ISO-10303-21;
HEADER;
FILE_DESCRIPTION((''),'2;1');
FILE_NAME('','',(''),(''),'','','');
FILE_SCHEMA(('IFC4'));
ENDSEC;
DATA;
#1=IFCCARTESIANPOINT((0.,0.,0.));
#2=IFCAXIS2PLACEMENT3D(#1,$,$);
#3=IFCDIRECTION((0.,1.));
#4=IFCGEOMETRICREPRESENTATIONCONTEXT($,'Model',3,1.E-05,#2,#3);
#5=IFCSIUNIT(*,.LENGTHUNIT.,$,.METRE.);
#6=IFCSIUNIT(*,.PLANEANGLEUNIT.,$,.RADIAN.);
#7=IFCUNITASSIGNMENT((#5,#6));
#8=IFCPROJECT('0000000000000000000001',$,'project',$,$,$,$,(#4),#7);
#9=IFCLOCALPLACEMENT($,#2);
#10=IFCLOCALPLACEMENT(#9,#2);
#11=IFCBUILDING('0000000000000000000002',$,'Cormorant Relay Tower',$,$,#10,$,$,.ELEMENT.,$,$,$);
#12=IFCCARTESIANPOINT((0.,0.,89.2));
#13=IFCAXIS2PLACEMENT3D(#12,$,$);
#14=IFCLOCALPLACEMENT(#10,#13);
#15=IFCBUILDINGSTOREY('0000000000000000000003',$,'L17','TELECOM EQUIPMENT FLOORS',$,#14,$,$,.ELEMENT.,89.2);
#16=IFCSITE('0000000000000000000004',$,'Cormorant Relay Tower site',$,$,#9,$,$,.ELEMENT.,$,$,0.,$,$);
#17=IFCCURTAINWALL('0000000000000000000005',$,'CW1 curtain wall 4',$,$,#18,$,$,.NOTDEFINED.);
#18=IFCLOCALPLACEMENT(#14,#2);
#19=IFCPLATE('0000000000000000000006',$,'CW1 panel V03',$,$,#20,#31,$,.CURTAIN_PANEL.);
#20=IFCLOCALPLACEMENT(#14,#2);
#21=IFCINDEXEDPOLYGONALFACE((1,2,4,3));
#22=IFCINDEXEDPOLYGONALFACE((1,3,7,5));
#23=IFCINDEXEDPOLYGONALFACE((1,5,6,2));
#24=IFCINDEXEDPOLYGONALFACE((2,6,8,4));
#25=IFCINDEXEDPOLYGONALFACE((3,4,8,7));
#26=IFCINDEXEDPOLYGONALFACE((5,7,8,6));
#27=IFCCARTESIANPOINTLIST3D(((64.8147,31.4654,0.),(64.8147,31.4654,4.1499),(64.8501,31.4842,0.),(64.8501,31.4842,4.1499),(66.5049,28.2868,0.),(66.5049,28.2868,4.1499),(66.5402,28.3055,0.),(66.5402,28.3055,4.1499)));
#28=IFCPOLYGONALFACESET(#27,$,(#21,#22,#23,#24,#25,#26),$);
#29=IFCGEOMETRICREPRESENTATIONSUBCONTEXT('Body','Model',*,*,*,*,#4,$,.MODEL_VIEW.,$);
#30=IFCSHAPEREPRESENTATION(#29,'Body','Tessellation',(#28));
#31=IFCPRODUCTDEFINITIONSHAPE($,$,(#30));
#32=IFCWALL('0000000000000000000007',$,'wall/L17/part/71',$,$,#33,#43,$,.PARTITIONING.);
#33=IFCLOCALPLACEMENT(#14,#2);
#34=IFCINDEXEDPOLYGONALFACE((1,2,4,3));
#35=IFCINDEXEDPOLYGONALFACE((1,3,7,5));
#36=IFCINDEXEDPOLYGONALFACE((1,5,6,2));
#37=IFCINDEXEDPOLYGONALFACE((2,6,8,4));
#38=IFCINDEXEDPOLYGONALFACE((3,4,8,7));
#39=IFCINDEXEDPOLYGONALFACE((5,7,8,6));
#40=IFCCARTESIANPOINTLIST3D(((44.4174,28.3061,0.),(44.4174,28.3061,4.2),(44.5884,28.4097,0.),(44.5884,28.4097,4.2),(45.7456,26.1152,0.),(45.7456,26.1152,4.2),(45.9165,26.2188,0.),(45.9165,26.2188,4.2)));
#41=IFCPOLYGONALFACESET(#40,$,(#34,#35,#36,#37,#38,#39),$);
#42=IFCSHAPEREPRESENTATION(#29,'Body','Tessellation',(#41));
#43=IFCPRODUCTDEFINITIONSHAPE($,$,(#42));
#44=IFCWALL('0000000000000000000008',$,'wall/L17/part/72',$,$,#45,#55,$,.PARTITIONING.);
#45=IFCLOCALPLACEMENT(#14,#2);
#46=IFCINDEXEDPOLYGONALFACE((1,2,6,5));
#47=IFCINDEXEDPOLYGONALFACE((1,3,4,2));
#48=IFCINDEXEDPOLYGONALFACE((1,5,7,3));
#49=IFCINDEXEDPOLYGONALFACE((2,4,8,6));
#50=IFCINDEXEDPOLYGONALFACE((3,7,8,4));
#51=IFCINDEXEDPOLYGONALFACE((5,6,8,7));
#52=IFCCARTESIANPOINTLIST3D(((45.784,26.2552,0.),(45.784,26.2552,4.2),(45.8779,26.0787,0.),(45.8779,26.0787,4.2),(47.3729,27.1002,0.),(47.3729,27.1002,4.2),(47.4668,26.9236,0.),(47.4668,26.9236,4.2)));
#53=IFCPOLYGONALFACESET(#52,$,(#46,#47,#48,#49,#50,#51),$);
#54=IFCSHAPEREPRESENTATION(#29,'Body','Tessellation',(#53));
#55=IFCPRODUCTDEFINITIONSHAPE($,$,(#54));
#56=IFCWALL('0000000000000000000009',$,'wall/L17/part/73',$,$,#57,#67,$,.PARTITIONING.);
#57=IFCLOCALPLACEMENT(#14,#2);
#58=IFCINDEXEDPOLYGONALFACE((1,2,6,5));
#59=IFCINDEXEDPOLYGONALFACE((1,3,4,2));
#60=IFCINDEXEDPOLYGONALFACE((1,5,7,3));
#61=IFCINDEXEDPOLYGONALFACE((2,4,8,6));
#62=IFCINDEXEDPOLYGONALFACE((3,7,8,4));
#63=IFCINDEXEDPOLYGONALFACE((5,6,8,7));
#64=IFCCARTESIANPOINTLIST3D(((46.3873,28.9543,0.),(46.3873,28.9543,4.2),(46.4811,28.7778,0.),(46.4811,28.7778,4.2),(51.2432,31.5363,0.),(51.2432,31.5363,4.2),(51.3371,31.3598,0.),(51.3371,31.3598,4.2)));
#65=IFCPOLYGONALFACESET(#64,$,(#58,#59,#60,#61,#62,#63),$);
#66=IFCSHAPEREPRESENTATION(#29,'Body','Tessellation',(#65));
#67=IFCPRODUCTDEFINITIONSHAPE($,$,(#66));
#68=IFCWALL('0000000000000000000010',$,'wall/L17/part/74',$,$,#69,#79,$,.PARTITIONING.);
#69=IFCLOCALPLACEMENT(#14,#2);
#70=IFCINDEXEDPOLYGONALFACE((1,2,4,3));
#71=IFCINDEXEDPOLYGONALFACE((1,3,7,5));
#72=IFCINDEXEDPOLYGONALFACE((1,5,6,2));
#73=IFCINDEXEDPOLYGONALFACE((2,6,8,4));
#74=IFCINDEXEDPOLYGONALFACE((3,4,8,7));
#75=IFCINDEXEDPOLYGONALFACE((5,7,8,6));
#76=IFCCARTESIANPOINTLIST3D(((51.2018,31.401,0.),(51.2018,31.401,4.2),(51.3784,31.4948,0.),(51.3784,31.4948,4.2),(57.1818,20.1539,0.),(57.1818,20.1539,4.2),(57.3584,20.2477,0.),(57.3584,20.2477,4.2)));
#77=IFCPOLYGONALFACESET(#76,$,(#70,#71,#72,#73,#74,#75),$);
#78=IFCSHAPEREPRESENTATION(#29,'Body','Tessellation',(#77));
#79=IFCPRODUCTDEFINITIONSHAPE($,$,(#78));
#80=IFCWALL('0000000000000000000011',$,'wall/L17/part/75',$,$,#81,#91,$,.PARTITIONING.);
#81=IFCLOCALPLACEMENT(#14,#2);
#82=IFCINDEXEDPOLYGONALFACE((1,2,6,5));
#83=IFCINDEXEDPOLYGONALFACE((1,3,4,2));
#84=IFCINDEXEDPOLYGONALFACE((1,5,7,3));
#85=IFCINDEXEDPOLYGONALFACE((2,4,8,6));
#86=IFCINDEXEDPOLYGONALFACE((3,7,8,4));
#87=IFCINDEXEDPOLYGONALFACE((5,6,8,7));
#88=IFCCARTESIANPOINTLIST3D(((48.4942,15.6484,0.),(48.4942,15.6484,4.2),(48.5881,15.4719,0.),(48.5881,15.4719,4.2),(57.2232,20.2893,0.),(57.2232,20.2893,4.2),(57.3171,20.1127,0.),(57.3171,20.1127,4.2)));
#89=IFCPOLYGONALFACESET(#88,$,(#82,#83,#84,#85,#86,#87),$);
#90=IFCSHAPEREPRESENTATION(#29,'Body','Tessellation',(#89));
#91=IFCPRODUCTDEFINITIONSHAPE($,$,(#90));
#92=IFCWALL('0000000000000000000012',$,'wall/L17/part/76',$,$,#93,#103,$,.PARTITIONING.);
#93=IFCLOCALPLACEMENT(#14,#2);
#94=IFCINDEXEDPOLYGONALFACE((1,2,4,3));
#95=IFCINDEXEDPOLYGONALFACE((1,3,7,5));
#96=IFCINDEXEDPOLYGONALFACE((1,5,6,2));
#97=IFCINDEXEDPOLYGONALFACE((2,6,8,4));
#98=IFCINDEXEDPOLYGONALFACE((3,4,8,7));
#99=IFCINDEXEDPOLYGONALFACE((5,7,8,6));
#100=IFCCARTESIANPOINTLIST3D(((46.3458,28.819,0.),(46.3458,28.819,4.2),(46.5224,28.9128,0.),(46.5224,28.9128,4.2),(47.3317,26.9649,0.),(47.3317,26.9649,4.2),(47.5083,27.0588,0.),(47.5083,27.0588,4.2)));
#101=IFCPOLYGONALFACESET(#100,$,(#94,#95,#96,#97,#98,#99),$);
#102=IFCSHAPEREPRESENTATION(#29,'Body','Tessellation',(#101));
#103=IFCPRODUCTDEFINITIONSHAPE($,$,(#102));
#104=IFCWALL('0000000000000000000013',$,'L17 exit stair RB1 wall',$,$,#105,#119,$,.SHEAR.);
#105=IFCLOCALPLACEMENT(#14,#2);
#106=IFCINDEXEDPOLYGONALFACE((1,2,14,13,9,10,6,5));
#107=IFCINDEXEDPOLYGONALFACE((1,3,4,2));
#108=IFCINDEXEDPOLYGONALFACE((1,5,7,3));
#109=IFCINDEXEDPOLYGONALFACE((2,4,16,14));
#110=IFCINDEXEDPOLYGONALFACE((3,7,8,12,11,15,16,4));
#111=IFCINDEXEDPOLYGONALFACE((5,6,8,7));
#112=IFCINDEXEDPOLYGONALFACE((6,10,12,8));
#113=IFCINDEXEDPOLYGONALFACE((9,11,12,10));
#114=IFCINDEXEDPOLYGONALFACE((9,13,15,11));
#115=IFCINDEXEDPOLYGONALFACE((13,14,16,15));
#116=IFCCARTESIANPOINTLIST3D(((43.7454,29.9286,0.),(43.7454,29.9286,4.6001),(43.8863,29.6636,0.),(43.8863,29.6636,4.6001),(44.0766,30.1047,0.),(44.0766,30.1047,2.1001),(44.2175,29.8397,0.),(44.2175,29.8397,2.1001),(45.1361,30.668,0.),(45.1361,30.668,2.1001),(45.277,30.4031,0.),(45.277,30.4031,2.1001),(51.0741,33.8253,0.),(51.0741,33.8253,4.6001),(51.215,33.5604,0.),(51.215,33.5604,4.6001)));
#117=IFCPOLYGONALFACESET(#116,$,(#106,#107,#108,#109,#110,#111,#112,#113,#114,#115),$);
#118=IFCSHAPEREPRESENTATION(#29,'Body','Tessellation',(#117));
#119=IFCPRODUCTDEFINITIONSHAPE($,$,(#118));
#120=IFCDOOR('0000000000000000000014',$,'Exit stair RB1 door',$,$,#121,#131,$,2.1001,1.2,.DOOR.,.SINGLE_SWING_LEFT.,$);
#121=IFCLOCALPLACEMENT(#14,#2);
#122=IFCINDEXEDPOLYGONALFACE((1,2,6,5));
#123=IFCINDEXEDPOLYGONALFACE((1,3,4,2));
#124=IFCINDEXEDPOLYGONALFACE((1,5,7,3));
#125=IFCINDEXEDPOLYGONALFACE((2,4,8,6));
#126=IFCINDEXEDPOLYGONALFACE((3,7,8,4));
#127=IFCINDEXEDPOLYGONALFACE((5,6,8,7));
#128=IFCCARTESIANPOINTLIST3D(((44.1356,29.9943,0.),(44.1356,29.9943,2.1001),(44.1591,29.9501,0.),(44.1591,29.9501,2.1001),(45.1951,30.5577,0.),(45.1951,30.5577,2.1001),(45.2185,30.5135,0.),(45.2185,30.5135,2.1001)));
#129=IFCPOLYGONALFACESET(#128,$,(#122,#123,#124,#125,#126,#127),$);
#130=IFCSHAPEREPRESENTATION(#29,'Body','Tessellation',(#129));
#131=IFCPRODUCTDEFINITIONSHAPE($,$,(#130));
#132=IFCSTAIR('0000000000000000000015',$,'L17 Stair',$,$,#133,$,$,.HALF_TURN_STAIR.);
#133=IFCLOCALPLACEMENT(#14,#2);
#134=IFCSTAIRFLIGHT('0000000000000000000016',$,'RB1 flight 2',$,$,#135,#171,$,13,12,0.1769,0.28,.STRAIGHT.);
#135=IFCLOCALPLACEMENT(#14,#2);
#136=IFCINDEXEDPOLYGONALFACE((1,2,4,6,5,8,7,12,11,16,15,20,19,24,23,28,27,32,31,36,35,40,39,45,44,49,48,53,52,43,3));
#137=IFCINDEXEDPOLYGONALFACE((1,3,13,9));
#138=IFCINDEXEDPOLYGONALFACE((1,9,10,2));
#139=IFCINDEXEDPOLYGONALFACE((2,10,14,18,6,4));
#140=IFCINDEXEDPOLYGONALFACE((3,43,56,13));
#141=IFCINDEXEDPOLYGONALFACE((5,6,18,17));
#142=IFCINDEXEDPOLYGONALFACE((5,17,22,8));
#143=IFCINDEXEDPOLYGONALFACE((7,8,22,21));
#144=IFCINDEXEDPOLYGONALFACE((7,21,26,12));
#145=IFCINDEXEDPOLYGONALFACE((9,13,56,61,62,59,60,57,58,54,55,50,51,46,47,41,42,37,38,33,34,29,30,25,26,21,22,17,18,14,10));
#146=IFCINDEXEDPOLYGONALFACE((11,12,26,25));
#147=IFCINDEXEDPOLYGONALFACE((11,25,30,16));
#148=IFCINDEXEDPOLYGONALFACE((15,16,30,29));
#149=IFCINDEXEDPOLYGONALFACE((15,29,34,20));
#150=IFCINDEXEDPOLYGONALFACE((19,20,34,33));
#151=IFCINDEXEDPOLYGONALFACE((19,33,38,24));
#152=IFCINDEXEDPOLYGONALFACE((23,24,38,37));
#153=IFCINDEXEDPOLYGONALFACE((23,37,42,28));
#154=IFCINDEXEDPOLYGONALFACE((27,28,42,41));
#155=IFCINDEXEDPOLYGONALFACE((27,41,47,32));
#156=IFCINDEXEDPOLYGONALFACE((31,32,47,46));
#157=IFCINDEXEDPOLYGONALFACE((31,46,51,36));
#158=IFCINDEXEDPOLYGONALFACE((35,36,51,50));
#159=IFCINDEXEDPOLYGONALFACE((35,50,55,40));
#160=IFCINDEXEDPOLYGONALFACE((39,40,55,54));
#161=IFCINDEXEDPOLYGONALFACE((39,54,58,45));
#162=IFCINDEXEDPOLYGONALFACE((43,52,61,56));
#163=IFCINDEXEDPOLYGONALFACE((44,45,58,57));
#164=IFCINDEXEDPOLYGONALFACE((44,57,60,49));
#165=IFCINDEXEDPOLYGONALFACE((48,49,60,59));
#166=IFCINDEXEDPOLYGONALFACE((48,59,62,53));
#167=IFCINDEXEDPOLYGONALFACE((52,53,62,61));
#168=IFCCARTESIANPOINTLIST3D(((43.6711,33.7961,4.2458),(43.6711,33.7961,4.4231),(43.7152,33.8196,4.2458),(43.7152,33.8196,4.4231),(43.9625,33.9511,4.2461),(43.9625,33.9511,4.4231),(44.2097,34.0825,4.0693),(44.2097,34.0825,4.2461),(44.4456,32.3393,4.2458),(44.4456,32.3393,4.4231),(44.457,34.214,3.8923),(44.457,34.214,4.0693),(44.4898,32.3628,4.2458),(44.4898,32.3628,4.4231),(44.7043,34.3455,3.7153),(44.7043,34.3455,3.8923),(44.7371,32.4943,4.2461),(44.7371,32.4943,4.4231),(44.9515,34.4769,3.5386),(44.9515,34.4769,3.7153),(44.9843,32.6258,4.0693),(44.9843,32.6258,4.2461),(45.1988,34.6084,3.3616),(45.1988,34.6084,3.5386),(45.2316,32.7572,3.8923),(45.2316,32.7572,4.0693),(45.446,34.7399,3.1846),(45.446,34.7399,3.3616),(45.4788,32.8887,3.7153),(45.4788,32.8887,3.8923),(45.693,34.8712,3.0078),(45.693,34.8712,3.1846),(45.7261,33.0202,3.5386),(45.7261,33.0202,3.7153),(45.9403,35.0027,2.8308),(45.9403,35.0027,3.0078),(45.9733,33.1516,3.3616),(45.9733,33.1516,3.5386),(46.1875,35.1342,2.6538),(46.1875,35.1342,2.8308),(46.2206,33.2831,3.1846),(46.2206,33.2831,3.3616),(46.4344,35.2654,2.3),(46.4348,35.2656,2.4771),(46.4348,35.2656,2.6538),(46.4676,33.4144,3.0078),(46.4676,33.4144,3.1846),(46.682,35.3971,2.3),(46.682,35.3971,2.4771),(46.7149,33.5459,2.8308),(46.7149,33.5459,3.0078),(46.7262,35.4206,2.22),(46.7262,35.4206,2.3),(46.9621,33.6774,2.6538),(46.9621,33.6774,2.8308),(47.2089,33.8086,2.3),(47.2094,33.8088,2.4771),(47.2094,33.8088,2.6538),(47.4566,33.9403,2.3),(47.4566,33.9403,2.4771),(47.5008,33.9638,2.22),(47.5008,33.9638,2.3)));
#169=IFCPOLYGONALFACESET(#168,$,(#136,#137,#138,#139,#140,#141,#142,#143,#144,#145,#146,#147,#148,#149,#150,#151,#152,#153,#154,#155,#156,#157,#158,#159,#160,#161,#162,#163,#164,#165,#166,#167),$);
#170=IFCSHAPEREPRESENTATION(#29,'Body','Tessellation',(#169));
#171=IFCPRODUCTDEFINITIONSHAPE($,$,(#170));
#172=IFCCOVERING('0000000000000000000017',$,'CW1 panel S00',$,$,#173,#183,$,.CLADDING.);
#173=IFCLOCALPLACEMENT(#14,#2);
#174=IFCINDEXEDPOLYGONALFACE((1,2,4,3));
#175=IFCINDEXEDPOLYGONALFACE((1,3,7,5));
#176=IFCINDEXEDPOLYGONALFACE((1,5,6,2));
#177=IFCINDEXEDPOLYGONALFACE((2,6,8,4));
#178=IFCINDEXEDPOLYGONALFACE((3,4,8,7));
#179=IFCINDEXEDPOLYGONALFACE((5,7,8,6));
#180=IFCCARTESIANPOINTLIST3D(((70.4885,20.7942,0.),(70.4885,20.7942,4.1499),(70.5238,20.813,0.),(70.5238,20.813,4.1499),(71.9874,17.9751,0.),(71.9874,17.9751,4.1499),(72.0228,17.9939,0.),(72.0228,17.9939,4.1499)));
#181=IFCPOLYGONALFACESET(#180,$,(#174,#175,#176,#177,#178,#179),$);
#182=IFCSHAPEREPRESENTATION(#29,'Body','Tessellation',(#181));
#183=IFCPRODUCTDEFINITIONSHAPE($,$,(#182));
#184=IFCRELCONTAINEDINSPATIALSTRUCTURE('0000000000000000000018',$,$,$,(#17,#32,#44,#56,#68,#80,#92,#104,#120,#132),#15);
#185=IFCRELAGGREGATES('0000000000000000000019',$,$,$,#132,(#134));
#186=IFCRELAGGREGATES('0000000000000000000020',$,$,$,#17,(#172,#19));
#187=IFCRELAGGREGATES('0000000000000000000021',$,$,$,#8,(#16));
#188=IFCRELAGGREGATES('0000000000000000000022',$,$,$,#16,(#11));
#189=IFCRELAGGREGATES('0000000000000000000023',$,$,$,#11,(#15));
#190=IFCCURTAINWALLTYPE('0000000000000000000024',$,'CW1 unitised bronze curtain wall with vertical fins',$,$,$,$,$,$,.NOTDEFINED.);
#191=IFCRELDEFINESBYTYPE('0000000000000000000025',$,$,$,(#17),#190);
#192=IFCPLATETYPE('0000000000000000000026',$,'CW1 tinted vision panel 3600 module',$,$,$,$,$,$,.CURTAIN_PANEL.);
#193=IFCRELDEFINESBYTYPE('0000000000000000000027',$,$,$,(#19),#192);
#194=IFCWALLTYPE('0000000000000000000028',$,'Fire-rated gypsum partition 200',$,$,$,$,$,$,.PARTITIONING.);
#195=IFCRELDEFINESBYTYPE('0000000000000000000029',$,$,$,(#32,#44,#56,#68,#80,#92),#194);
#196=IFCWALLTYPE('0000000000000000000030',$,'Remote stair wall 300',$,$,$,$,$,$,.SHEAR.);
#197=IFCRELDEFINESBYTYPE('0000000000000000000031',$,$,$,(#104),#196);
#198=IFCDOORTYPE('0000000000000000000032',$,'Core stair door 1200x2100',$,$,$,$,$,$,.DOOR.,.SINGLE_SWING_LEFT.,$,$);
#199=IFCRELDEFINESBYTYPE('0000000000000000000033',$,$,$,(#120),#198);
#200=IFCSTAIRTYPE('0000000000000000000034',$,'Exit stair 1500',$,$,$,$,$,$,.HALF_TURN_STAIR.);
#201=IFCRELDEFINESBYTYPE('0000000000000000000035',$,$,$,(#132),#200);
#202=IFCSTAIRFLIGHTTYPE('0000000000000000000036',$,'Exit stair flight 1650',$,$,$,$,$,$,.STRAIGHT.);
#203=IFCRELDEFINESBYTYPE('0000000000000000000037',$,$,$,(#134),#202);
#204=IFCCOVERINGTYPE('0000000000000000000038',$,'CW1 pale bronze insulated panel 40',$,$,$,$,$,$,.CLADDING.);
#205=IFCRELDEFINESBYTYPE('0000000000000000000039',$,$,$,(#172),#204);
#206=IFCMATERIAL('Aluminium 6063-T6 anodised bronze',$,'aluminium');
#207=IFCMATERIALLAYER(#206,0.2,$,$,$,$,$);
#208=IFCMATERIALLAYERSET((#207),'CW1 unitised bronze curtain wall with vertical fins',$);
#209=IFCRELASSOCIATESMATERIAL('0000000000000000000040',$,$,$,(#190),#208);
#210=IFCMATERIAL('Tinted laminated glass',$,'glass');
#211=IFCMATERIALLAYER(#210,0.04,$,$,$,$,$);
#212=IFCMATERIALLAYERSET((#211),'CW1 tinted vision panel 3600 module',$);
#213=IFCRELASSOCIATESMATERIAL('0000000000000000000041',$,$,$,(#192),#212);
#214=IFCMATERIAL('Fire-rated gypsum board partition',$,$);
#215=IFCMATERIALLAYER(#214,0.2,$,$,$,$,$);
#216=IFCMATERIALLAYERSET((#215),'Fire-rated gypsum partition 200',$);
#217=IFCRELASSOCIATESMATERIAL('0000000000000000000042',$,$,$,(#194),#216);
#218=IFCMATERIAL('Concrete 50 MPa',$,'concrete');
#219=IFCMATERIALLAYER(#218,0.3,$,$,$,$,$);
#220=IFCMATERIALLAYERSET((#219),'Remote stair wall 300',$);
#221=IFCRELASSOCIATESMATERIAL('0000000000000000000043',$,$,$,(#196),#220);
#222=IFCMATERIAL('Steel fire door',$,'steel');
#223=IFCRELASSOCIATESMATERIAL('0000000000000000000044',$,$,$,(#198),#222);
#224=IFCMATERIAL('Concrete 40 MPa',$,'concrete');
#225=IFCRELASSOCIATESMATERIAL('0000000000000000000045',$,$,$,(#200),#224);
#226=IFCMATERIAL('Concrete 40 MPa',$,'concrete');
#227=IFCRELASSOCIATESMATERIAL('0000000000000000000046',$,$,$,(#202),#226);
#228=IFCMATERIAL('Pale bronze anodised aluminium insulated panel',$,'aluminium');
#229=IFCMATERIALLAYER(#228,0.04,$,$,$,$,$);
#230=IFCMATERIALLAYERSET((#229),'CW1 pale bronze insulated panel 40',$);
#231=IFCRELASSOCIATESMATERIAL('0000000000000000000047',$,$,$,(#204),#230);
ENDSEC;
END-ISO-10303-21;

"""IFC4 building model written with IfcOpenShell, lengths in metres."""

from ifc_helpers import new_model, si_unit, direction, frame, frame_2d, origin, origin_2d, place, context, subcontext, project, spatial, polyline, rectangle, outline, extrude, material, layer, layer_set, type_object, element, fill, aggregate, save


model = new_model("IFC4")

# Units and contexts
model_context = context("Model", 3, precision=1e-05, world=origin(), true_north=direction((0.0, 1.0)))
body_context = subcontext(model_context, "Body", "Model", "MODEL_VIEW")
ifc_project = project(units=[si_unit("LENGTHUNIT", "METRE"), si_unit("PLANEANGLEUNIT", "RADIAN")], contexts=[model_context])

# Site, building, storey
site_placement = place(None, origin())
site = spatial("IfcSite", under=ifc_project, at=site_placement, Name="Cormorant Relay Tower site", CompositionType="ELEMENT", RefElevation=0.0)
building_placement = place(site_placement, origin())
building = spatial("IfcBuilding", under=site, at=building_placement, Name="Cormorant Relay Tower", CompositionType="ELEMENT")
storey_placement = place(building_placement, frame((0.0, 0.0, 89.2)))
storey = spatial("IfcBuildingStorey", under=building, at=storey_placement, Name="L17", Description="TELECOM EQUIPMENT FLOORS", CompositionType="ELEMENT", Elevation=89.2)

# Curtain wall
ifc_material_1 = material(Name="Aluminium 6063-T6 anodised bronze", Category="aluminium")
ifc_layer_1 = layer(ifc_material_1, 0.2)
ifc_layer_set_1 = layer_set([ifc_layer_1], Name="CW1 unitised bronze curtain wall with vertical fins")
curtain_wall_type = type_object("IfcCurtainWallType", Name="CW1 unitised bronze curtain wall with vertical fins", PredefinedType="NOTDEFINED", material=ifc_layer_set_1)
curtain_wall_placement = place(storey_placement, origin())
curtain_wall = element("IfcCurtainWall", 1, at=curtain_wall_placement, inside=storey, type_object=curtain_wall_type, Name="CW1 curtain wall 4", PredefinedType="NOTDEFINED")

# Plate
ifc_material_2 = material(Name="Tinted laminated glass", Category="glass")
ifc_layer_2 = layer(ifc_material_2, 0.04)
ifc_layer_set_2 = layer_set([ifc_layer_2], Name="CW1 tinted vision panel 3600 module")
plate_type_1 = type_object("IfcPlateType", Name="CW1 tinted vision panel 3600 module", PredefinedType="CURTAIN_PANEL", material=ifc_layer_set_2)
plate_1_placement = place(storey_placement, frame((65.6775, 29.8855, 0.0), z_axis=(0.0, 0.0, 1.0), x_axis=(-0.469472, 0.882948, 0.0)))
plate_1 = element("IfcPlate", 2, at=plate_1_placement, type_object=plate_type_1, Name="CW1 panel V03", PredefinedType="CURTAIN_PANEL", context=body_context, shape_type="SweptSolid", body=[
    extrude(rectangle(XDim=3.6001, YDim=0.04, at=origin_2d()), origin(), (0.0, 0.0, 1.0), 4.1499),
])

# Walls
ifc_material_3 = material(Name="Fire-rated gypsum board partition")
ifc_layer_3 = layer(ifc_material_3, 0.2)
ifc_layer_set_3 = layer_set([ifc_layer_3], Name="Fire-rated gypsum partition 200")
wall_type_1 = type_object("IfcWallType", Name="Fire-rated gypsum partition 200", PredefinedType="PARTITIONING", material=ifc_layer_set_3)
wall_1_placement = place(storey_placement, frame((45.8311, 26.167, 0.0), z_axis=(0.0, 0.0, 1.0), x_axis=(-0.518386, 0.855147, 0.0)))
element("IfcWall", 3, at=wall_1_placement, inside=storey, type_object=wall_type_1, Name="wall/L17/part/71", PredefinedType="PARTITIONING", context=body_context, shape_type="SweptSolid", body=[
    extrude(rectangle(XDim=2.562, YDim=0.2, at=frame_2d((1.281, 0.0))), origin(), (0.0, 0.0, 1.0), 4.2),
])
wall_2_placement = place(storey_placement, frame((47.4199, 27.012, 0.0), z_axis=(0.0, 0.0, 1.0), x_axis=(-0.882912, -0.469539, 0.0)))
element("IfcWall", 4, at=wall_2_placement, inside=storey, type_object=wall_type_1, Name="wall/L17/part/72", PredefinedType="PARTITIONING", context=body_context, shape_type="SweptSolid", body=[
    extrude(rectangle(XDim=1.7996, YDim=0.2, at=frame_2d((0.8999, 0.0))), origin(), (0.0, 0.0, 1.0), 4.2),
])
wall_3_placement = place(storey_placement, frame((46.4341, 28.866, 0.0), z_axis=(0.0, 0.0, 1.0), x_axis=(0.882942, 0.469482, 0.0)))
element("IfcWall", 5, at=wall_3_placement, inside=storey, type_object=wall_type_1, Name="wall/L17/part/73", PredefinedType="PARTITIONING", context=body_context, shape_type="SweptSolid", body=[
    extrude(rectangle(XDim=5.4998, YDim=0.2, at=frame_2d((2.75, 0.0))), origin(), (0.0, 0.0, 1.0), 4.2),
])
wall_4_placement = place(storey_placement, frame((51.29, 31.448, 0.0), z_axis=(0.0, 0.0, 1.0), x_axis=(0.46946, -0.882954, 0.0)))
element("IfcWall", 6, at=wall_4_placement, inside=storey, type_object=wall_type_1, Name="wall/L17/part/74", PredefinedType="PARTITIONING", context=body_context, shape_type="SweptSolid", body=[
    extrude(rectangle(XDim=12.738, YDim=0.2, at=frame_2d((6.3691, 0.0))), origin(), (0.0, 0.0, 1.0), 4.2),
])
wall_5_placement = place(storey_placement, frame((57.27, 20.2009, 0.0), z_axis=(0.0, 0.0, 1.0), x_axis=(-0.882965, -0.469438, 0.0)))
element("IfcWall", 7, at=wall_5_placement, inside=storey, type_object=wall_type_1, Name="wall/L17/part/75", PredefinedType="PARTITIONING", context=body_context, shape_type="SweptSolid", body=[
    extrude(rectangle(XDim=9.886, YDim=0.2, at=frame_2d((4.9429, 0.0))), origin(), (0.0, 0.0, 1.0), 4.2),
])
wall_6_placement = place(storey_placement, frame((47.4199, 27.012, 0.0), z_axis=(0.0, 0.0, 1.0), x_axis=(-0.46949, 0.882938, 0.0)))
element("IfcWall", 8, at=wall_6_placement, inside=storey, type_object=wall_type_1, Name="wall/L17/part/76", PredefinedType="PARTITIONING", context=body_context, shape_type="SweptSolid", body=[
    extrude(rectangle(XDim=2.0999, YDim=0.2, at=frame_2d((1.0498, 0.0))), origin(), (0.0, 0.0, 1.0), 4.2),
])

# Wall, opening, door
ifc_material_4 = material(Name="Concrete 50 MPa", Category="concrete")
ifc_layer_4 = layer(ifc_material_4, 0.3)
ifc_layer_set_4 = layer_set([ifc_layer_4], Name="Remote stair wall 300")
wall_type_2 = type_object("IfcWallType", Name="Remote stair wall 300", PredefinedType="SHEAR", material=ifc_layer_set_4)
wall_7_placement = place(storey_placement, frame((51.1445, 33.6929, 0.0), z_axis=(0.0, 0.0, 1.0), x_axis=(-0.882946, -0.469475, 0.0)))
wall_7 = element("IfcWall", 9, at=wall_7_placement, inside=storey, type_object=wall_type_2, Name="L17 exit stair RB1 wall", PredefinedType="SHEAR", context=body_context, shape_type="SweptSolid", body=[
    extrude(rectangle(XDim=8.3003, YDim=0.3, at=frame_2d((4.1501, 0.0))), origin(), (0.0, 0.0, 1.0), 4.6001),
])
opening_placement = place(wall_7_placement, frame((6.7251, 0.0, 0.0)))
opening = element("IfcOpeningElement", 10, at=opening_placement, cuts=wall_7, PredefinedType="OPENING", context=body_context, shape_type="SweptSolid", body=[
    extrude(rectangle(XDim=1.2, YDim=2.1001, at=frame_2d((0.6001, 1.05))), frame((0.0, 0.1599, 0.0), z_axis=(0.0, -1.0, 0.0), x_axis=(1.0, 0.0, 0.0)), (0.0, 0.0, 1.0), 0.3201),
])
ifc_material_5 = material(Name="Steel fire door", Category="steel")
door_type = type_object("IfcDoorType", Name="Core stair door 1200x2100", OperationType="SINGLE_SWING_LEFT", PredefinedType="DOOR", material=ifc_material_5)
door_placement = place(opening_placement, frame((1.2, 0.0, 0.0), z_axis=(0.0, 0.0, 1.0), x_axis=(-1.0, 0.0, 0.0)))
door = element("IfcDoor", 11, at=door_placement, inside=storey, type_object=door_type, Name="Exit stair RB1 door", OperationType="SINGLE_SWING_LEFT", OverallHeight=2.1001, OverallWidth=1.2, PredefinedType="DOOR", context=body_context, shape_type="SweptSolid", body=[
    extrude(rectangle(XDim=1.2, YDim=2.1001, at=frame_2d((0.6001, 1.05))), frame((0.0, 0.0249, 0.0), z_axis=(0.0, -1.0, 0.0), x_axis=(1.0, 0.0, 0.0)), (0.0, 0.0, 1.0), 0.05),
])
fill(opening, door)

# Stair, stair flight
ifc_material_6 = material(Name="Concrete 40 MPa", Category="concrete")
stair_type = type_object("IfcStairType", Name="Exit stair 1500", PredefinedType="HALF_TURN_STAIR", material=ifc_material_6)
stair_placement = place(storey_placement, origin())
stair = element("IfcStair", 12, at=stair_placement, inside=storey, type_object=stair_type, Name="L17 Stair", PredefinedType="HALF_TURN_STAIR")
ifc_material_7 = material(Name="Concrete 40 MPa", Category="concrete")
stair_flight_type = type_object("IfcStairFlightType", Name="Exit stair flight 1650", PredefinedType="STRAIGHT", material=ifc_material_7)
stair_flight_placement = place(storey_placement, frame((47.0693, 34.6687, 2.3), z_axis=(0.0, 0.0, 1.0), x_axis=(-0.882948, -0.469472, 0.0)))
stair_flight = element("IfcStairFlight", 13, at=stair_flight_placement, type_object=stair_flight_type, Name="RB1 flight 2", NumberOfRisers=13, NumberOfTreads=12, PredefinedType="STRAIGHT", RiserHeight=0.1769, TreadLength=0.28, context=body_context, shape_type="SweptSolid", body=[
    extrude(outline(polyline([(-0.05, -0.0801), (-0.05, 0.0), (0.0, 0.0), (0.0, 0.177), (0.28, 0.177), (0.28, 0.3538), (0.5601, 0.3538), (0.5601, 0.5308), (0.8401, 0.5308), (0.8401, 0.7078), (1.1201, 0.7078), (1.1201, 0.8845), (1.3999, 0.8845), (1.3999, 1.0615), (1.6799, 1.0615), (1.6799, 1.2385), (1.96, 1.2385), (1.96, 1.4153), (2.24, 1.4153), (2.24, 1.5923), (2.52, 1.5923), (2.52, 1.7693), (2.8, 1.7693), (2.8, 1.946), (3.0801, 1.946), (3.0801, 2.123), (3.3601, 2.123), (3.4102, 2.123), (3.4102, 1.9458), (3.3601, 1.9458), (0.2805, 0.0), (-0.05, -0.0801)])), frame((0.0, 0.825, 0.0), z_axis=(0.0, -1.0, 0.0), x_axis=(1.0, 0.0, 0.0)), (0.0, 0.0, 1.0), 1.6499),
])
aggregate(stair, [stair_flight])

# Covering
ifc_material_8 = material(Name="Pale bronze anodised aluminium insulated panel", Category="aluminium")
ifc_layer_5 = layer(ifc_material_8, 0.04)
ifc_layer_set_5 = layer_set([ifc_layer_5], Name="CW1 pale bronze insulated panel 40")
covering_type = type_object("IfcCoveringType", Name="CW1 pale bronze insulated panel 40", PredefinedType="CLADDING", material=ifc_layer_set_5)
covering_1_placement = place(storey_placement, frame((71.2556, 19.394, 0.0), z_axis=(0.0, 0.0, 1.0), x_axis=(-0.469472, 0.882948, 0.0)))
covering_1 = element("IfcCovering", 14, at=covering_1_placement, type_object=covering_type, Name="CW1 panel S00", PredefinedType="CLADDING", context=body_context, shape_type="SweptSolid", body=[
    extrude(rectangle(XDim=3.1929, YDim=0.04, at=origin_2d()), origin(), (0.0, 0.0, 1.0), 4.1499),
])
aggregate(curtain_wall, [covering_1, plate_1])

save(model, "model.ifc")
